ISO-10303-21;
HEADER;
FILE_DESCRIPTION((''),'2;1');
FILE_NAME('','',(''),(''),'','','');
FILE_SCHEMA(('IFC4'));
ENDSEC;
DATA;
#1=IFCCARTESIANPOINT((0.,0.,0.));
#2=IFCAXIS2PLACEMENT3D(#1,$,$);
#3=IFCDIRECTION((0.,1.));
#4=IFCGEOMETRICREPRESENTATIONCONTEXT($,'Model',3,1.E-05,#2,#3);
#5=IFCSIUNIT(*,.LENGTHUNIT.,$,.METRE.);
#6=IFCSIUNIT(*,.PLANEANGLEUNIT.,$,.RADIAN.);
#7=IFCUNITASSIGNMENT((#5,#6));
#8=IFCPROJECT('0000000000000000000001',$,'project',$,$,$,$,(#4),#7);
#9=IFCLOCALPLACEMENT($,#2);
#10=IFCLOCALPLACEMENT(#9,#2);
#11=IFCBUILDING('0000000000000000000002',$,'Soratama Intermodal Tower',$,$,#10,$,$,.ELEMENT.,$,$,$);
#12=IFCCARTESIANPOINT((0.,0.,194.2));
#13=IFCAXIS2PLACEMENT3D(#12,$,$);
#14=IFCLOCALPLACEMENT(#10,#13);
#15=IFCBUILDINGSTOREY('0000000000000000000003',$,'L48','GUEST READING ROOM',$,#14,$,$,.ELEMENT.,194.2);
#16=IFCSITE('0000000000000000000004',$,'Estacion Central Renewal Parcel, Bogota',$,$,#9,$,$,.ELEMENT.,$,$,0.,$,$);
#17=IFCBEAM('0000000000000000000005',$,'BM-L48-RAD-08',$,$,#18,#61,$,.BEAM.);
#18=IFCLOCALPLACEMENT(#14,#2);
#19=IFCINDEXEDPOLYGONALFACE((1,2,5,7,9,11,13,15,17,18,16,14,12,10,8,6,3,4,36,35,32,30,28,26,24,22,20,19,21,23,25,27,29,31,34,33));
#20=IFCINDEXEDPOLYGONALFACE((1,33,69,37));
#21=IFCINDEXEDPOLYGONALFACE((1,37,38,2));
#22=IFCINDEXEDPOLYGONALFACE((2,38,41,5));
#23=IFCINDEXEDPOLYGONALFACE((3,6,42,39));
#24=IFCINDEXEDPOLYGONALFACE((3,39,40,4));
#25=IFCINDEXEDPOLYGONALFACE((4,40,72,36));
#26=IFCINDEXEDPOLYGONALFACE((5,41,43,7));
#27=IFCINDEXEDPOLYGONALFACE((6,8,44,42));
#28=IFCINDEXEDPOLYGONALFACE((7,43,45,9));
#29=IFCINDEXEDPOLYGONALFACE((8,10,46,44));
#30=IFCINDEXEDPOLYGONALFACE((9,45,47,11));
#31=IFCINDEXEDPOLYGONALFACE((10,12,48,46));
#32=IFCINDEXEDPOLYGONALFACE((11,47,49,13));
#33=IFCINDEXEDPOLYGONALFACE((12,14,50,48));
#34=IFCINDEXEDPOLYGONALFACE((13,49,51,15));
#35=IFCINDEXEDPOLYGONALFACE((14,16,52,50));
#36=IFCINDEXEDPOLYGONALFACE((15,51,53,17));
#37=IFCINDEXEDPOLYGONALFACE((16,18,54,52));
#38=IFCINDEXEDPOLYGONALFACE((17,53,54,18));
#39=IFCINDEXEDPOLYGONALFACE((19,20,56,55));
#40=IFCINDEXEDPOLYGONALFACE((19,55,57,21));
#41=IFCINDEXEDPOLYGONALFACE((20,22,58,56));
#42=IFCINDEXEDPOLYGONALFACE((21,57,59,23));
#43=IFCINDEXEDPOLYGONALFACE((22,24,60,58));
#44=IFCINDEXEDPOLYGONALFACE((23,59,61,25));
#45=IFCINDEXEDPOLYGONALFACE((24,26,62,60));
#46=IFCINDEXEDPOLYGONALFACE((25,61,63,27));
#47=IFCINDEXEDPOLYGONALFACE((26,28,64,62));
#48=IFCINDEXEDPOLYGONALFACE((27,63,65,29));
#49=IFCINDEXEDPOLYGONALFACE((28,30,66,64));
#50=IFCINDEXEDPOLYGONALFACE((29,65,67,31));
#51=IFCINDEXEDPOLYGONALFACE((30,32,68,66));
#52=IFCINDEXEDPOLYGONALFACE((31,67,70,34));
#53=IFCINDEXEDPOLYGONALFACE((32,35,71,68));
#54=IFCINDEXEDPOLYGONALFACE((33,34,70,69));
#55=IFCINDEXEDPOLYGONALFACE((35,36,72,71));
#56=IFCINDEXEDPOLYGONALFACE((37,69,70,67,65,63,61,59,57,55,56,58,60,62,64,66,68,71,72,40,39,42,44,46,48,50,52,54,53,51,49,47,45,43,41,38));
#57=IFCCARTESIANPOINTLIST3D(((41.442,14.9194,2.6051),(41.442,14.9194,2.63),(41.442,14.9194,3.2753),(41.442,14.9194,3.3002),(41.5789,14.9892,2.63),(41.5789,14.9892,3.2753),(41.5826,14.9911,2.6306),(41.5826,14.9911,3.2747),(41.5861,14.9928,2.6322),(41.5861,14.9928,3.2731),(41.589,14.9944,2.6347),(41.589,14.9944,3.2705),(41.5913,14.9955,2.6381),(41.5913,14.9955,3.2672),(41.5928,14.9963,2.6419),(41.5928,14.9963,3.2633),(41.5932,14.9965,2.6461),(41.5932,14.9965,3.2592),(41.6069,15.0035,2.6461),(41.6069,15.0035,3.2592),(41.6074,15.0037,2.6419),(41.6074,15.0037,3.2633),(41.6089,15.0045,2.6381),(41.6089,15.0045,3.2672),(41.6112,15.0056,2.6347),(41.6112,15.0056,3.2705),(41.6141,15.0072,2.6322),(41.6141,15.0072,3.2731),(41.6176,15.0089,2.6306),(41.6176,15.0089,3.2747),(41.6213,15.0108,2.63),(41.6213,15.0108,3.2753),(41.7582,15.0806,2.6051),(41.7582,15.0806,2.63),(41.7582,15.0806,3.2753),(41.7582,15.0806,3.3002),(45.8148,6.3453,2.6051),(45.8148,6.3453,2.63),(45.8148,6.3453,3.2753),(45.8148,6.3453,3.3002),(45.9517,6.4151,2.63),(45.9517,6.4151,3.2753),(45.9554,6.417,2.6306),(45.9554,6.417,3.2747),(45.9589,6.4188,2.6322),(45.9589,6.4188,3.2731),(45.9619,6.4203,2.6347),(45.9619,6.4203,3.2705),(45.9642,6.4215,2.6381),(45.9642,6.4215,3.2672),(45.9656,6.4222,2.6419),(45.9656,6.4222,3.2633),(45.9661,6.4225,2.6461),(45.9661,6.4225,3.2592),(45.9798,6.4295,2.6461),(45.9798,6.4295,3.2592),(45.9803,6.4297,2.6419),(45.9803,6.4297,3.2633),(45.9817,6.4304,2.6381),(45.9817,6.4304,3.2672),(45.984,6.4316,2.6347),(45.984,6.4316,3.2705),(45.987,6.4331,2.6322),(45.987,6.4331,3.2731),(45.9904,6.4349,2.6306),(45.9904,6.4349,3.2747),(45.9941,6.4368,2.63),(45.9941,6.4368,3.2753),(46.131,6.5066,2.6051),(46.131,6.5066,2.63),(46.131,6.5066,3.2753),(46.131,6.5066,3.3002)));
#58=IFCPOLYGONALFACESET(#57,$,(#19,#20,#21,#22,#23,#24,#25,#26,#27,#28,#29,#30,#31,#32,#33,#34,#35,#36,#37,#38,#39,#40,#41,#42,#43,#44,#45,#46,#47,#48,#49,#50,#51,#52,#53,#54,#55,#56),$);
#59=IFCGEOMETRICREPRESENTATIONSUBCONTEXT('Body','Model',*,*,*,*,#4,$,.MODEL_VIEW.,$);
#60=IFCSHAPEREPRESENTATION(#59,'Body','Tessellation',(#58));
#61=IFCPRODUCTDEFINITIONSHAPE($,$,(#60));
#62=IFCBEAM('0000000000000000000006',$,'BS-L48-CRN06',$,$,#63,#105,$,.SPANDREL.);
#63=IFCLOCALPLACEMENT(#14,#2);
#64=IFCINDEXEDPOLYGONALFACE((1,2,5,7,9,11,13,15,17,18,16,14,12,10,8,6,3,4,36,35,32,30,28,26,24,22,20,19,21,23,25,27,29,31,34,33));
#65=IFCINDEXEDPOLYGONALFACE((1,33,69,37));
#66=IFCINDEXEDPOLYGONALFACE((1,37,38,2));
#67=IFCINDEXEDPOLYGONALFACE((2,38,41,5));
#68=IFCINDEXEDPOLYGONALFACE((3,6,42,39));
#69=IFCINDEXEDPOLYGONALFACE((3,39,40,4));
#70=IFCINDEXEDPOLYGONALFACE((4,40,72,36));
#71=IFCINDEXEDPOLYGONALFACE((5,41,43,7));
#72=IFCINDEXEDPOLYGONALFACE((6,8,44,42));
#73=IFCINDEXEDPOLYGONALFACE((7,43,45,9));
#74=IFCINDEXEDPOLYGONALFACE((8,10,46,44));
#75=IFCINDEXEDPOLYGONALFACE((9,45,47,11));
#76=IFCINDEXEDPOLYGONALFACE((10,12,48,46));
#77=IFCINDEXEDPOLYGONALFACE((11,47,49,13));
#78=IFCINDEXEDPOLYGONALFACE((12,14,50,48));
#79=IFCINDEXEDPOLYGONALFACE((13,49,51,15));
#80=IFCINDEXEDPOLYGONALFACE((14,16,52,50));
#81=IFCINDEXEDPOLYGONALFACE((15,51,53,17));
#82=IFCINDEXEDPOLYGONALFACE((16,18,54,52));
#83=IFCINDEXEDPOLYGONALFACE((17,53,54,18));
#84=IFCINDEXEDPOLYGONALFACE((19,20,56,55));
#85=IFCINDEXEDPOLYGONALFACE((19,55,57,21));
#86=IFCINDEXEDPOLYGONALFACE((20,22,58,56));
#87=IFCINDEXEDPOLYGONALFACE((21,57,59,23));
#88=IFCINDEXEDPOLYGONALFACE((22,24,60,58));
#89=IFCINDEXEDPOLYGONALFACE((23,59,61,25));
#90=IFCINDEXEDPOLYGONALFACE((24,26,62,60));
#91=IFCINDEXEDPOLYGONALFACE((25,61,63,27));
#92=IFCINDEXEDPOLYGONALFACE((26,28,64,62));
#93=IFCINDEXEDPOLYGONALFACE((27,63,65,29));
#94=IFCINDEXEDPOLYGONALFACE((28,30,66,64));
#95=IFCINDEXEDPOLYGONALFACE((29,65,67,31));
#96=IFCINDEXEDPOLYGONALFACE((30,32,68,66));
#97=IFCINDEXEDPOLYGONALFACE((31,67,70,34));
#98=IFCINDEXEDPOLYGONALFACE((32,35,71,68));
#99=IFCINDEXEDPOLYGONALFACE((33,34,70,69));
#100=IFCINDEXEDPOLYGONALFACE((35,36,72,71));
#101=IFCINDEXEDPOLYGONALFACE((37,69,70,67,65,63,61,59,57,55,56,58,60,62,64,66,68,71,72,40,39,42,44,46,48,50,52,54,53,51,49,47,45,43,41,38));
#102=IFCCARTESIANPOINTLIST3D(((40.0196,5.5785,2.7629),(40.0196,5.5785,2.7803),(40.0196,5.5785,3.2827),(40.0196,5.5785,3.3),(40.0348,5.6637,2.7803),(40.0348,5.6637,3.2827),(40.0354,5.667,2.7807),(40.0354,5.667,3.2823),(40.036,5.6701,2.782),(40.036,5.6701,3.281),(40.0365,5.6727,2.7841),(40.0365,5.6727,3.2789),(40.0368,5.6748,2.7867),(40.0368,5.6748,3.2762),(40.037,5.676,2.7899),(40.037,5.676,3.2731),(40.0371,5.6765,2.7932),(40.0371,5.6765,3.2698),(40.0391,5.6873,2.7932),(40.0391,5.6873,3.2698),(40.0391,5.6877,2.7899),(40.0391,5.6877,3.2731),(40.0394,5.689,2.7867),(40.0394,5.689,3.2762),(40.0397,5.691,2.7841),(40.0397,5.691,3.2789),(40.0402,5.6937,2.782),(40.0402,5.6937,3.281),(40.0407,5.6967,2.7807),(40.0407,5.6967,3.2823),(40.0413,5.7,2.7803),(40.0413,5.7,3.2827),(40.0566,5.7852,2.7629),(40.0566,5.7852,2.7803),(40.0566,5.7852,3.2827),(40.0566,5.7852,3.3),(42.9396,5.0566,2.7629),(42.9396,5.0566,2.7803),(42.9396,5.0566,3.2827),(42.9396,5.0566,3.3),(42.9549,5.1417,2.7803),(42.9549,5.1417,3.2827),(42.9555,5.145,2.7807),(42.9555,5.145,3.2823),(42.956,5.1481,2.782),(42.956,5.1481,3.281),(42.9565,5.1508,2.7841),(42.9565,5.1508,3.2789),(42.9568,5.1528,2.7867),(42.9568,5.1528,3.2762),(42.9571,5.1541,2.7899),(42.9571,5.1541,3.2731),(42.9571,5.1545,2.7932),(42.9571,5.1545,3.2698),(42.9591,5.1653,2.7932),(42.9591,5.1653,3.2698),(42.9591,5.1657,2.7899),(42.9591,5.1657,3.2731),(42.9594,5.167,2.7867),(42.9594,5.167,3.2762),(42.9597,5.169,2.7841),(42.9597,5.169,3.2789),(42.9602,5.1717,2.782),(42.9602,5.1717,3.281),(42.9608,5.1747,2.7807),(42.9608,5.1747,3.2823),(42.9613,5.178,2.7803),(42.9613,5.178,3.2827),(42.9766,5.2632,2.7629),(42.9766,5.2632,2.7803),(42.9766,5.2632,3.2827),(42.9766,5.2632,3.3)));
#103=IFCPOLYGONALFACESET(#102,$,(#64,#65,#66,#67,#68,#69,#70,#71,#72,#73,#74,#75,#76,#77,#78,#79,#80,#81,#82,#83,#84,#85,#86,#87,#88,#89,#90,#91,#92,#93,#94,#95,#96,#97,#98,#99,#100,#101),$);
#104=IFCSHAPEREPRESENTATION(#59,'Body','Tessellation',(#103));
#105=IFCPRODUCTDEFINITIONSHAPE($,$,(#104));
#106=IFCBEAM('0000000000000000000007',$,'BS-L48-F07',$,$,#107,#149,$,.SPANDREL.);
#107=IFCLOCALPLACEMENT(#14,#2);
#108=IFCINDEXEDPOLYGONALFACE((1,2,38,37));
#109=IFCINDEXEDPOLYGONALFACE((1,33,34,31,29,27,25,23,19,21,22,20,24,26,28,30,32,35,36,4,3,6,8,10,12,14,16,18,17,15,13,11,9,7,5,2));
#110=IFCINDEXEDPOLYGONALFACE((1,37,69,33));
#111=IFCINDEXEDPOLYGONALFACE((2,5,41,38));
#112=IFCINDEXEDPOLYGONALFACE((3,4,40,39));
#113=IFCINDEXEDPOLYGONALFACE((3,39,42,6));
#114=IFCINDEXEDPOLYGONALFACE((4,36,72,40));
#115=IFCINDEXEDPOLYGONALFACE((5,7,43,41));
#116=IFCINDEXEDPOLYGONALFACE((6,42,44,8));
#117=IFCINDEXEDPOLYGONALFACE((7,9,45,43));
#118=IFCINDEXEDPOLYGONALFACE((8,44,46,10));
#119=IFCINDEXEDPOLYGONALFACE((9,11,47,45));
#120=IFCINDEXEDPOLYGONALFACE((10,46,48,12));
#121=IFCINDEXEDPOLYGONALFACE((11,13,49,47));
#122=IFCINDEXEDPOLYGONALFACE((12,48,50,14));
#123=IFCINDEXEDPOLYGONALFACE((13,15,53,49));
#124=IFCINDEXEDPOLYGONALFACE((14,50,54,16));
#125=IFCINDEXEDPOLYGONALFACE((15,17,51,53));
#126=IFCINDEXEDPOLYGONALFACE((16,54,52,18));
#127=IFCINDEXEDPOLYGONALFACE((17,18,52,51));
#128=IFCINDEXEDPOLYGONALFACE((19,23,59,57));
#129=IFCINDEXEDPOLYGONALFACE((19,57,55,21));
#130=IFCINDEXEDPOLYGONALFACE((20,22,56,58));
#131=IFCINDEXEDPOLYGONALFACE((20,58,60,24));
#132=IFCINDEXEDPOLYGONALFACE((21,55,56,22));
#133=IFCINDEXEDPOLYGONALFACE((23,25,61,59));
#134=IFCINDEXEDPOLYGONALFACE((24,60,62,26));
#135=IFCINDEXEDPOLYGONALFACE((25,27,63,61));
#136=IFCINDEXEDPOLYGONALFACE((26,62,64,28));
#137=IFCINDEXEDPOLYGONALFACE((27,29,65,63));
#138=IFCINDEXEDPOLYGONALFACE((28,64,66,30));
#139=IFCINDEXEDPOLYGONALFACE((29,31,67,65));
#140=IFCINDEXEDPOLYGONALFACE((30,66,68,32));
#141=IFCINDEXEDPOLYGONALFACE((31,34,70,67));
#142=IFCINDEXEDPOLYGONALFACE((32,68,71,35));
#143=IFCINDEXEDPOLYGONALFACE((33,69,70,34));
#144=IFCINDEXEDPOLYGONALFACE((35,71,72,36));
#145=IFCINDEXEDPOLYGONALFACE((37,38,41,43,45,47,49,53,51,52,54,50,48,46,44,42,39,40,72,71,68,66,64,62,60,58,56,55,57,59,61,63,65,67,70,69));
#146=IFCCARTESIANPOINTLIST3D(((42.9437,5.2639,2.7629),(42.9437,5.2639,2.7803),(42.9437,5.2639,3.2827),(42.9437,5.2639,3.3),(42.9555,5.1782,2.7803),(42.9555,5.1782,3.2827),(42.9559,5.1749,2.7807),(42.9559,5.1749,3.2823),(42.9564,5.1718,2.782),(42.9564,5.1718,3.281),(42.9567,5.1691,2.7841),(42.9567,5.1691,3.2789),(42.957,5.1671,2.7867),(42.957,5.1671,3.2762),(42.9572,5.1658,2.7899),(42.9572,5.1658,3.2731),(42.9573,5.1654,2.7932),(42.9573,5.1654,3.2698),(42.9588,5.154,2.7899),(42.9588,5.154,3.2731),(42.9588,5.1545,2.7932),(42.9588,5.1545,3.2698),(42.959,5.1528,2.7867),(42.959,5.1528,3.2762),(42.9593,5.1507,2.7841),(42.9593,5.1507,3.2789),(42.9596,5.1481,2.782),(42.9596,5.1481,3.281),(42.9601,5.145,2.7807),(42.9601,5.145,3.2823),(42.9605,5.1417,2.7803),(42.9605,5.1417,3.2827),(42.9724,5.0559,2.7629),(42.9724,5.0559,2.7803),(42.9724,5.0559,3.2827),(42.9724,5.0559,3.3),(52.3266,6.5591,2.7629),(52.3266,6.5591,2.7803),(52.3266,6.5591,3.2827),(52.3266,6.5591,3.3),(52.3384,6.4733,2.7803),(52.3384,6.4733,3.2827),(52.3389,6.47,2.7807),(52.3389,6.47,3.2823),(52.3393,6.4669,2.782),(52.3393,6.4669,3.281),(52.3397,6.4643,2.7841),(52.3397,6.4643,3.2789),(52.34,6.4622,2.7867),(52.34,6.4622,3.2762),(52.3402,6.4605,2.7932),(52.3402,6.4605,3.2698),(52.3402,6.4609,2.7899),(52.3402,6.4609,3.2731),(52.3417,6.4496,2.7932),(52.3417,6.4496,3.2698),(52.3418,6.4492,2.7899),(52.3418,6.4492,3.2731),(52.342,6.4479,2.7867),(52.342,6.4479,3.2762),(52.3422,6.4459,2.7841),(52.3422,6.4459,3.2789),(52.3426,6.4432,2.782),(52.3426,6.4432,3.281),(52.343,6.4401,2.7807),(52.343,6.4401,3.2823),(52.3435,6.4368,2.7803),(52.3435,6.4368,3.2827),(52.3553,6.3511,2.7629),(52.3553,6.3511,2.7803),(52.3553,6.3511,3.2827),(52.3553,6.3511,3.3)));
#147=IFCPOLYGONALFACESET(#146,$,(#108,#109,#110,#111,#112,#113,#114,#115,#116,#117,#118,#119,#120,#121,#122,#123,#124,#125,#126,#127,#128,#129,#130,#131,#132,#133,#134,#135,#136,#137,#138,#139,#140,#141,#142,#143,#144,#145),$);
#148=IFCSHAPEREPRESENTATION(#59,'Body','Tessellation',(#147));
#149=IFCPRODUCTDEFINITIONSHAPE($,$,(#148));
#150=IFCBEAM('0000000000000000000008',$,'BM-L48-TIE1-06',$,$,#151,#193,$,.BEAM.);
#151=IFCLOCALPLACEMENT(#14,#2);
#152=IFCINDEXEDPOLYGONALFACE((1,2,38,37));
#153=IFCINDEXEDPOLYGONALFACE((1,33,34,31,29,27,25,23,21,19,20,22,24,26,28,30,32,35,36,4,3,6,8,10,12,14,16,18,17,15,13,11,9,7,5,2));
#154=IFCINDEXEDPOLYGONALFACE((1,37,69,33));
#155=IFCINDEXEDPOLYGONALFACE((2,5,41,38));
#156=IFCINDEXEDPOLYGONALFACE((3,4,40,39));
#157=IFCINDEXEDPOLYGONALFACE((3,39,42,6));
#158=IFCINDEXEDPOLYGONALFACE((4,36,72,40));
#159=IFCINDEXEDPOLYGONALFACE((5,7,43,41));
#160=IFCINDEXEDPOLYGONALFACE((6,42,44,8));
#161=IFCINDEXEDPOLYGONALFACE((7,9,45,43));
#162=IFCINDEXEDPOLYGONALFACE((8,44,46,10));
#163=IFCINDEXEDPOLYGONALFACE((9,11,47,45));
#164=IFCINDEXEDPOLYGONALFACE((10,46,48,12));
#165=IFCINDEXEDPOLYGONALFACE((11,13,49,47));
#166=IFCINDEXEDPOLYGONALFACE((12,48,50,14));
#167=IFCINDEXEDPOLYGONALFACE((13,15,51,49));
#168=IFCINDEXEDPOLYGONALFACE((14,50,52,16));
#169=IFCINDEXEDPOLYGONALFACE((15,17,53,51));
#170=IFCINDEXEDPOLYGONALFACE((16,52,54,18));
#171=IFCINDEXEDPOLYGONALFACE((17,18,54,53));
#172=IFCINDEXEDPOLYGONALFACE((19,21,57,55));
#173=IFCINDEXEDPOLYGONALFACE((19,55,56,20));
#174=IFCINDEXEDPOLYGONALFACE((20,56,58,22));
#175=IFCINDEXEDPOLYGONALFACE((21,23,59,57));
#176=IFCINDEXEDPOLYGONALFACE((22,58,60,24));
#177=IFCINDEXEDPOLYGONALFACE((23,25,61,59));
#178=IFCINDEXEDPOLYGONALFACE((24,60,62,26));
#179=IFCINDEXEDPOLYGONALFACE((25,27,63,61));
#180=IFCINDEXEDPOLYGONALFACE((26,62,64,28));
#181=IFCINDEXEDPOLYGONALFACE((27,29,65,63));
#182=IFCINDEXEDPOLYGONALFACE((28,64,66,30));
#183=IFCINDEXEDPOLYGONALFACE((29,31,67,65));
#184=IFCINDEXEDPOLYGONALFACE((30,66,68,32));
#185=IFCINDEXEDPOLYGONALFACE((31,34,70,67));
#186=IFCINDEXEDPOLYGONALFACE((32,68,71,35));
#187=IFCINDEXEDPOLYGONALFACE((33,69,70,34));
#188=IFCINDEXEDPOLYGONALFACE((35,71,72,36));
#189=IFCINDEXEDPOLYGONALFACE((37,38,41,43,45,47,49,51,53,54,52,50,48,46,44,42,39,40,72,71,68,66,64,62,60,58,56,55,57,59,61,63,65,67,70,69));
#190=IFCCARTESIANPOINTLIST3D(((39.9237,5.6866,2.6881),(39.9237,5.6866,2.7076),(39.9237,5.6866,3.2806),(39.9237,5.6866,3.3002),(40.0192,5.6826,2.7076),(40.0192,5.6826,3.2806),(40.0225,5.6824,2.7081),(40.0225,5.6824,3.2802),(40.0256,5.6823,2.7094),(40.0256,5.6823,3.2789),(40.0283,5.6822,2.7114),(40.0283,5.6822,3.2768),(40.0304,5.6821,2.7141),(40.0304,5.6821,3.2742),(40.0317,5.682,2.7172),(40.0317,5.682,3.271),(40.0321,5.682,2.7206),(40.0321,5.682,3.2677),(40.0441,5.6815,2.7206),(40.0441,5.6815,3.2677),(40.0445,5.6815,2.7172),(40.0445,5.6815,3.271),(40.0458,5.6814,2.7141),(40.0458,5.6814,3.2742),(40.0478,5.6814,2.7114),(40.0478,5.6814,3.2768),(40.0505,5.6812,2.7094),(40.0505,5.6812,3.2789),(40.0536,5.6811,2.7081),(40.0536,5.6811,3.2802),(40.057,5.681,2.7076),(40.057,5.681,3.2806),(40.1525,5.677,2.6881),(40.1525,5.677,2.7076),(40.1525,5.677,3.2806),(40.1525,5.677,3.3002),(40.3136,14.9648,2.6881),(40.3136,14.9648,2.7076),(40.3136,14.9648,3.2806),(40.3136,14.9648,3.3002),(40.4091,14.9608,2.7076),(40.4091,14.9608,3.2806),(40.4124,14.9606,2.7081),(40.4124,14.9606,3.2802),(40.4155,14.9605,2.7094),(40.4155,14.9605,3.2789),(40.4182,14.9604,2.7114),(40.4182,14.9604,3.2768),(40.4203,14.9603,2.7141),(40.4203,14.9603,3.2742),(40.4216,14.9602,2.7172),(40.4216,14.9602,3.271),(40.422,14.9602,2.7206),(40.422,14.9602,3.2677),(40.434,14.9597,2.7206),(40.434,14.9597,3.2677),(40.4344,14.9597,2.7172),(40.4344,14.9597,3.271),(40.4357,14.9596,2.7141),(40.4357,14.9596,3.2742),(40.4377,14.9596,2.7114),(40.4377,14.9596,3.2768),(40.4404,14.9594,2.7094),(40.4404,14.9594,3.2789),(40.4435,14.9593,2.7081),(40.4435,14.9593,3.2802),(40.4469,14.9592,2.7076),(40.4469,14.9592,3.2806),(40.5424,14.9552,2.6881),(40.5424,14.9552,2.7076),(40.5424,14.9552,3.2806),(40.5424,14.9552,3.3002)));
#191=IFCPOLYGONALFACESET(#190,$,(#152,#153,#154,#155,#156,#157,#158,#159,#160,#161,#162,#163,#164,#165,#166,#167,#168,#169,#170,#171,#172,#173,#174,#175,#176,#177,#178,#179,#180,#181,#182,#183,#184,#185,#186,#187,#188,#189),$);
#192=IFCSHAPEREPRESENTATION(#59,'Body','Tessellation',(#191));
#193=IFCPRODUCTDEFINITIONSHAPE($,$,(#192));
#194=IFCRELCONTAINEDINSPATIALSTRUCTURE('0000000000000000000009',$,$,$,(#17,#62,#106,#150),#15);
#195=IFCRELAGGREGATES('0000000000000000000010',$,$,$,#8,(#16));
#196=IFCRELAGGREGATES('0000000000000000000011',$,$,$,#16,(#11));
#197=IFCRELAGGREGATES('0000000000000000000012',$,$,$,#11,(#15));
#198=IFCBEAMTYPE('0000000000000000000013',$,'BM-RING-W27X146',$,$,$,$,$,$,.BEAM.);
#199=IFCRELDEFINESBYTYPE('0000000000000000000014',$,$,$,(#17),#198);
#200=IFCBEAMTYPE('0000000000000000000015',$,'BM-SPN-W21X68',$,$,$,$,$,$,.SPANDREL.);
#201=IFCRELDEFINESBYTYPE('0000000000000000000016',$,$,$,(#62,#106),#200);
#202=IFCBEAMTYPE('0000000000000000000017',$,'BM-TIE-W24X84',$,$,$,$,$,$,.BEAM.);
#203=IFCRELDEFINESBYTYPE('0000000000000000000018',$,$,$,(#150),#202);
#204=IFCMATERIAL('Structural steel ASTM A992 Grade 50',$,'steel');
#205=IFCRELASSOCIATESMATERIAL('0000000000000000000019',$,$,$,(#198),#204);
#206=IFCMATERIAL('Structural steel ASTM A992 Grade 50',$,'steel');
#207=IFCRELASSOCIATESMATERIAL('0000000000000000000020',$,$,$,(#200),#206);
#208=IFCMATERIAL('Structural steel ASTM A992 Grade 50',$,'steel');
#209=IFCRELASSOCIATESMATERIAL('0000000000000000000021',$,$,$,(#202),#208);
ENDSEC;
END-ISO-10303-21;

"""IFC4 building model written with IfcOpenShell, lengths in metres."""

from ifc_helpers import new_model, si_unit, direction, frame, origin, origin_2d, place, context, subcontext, project, spatial, i_section, extrude, material, material_profile, profile_set, type_object, element, save


model = new_model("IFC4")

# Units and contexts
model_context = context("Model", 3, precision=1e-05, world=origin(), true_north=direction((0.0, 1.0)))
body_context = subcontext(model_context, "Body", "Model", "MODEL_VIEW")
ifc_project = project(units=[si_unit("LENGTHUNIT", "METRE"), si_unit("PLANEANGLEUNIT", "RADIAN")], contexts=[model_context])

# Site, building, storey
site_placement = place(None, origin())
site = spatial("IfcSite", under=ifc_project, at=site_placement, Name="Estacion Central Renewal Parcel, Bogota", CompositionType="ELEMENT", RefElevation=0.0)
building_placement = place(site_placement, origin())
building = spatial("IfcBuilding", under=site, at=building_placement, Name="Soratama Intermodal Tower", CompositionType="ELEMENT")
storey_placement = place(building_placement, frame((0.0, 0.0, 194.2)))
storey = spatial("IfcBuildingStorey", under=building, at=storey_placement, Name="L48", Description="GUEST READING ROOM", CompositionType="ELEMENT", Elevation=194.2)

# Beams
ifc_material_1 = material(Name="Structural steel ASTM A992 Grade 50", Category="steel")
ifc_material_profile_1 = material_profile(ifc_material_1, i_section(OverallWidth=0.355, OverallDepth=0.6951, WebThickness=0.0154, FlangeThickness=0.0249, FilletRadius=0.0161, at=origin_2d()), Name="W27X146")
ifc_profile_set_1 = profile_set([ifc_material_profile_1], Name="Structural steel ASTM A992 Grade 50")
beam_type_1 = type_object("IfcBeamType", Name="BM-RING-W27X146", PredefinedType="BEAM", material=ifc_profile_set_1)
beam_1_placement = place(storey_placement, frame((41.6001, 15.0, 2.9526), z_axis=(0.454332, -0.890832, 0.0), x_axis=(0.890832, 0.454332, 0.0)))
element("IfcBeam", 1, at=beam_1_placement, inside=storey, type_object=beam_type_1, Name="BM-L48-RAD-08", PredefinedType="BEAM", context=body_context, shape_type="SweptSolid", body=[
    extrude(i_section(OverallWidth=0.355, OverallDepth=0.6951, WebThickness=0.0154, FlangeThickness=0.0249, FilletRadius=0.0161, at=origin_2d()), origin(), (0.0, 0.0, 1.0), 9.6248),
])
ifc_material_2 = material(Name="Structural steel ASTM A992 Grade 50", Category="steel")
ifc_material_profile_2 = material_profile(ifc_material_2, i_section(OverallWidth=0.21, OverallDepth=0.5371, WebThickness=0.011, FlangeThickness=0.0173, FilletRadius=0.0129, at=origin_2d()), Name="W21X68")
ifc_profile_set_2 = profile_set([ifc_material_profile_2], Name="Structural steel ASTM A992 Grade 50")
beam_type_2 = type_object("IfcBeamType", Name="BM-SPN-W21X68", PredefinedType="SPANDREL", material=ifc_profile_set_2)
beam_2_placement = place(storey_placement, frame((40.0381, 5.6819, 3.0315), z_axis=(0.984395, -0.175973, 0.0), x_axis=(0.175973, 0.984395, 0.0)))
element("IfcBeam", 2, at=beam_2_placement, inside=storey, type_object=beam_type_2, Name="BS-L48-CRN06", PredefinedType="SPANDREL", context=body_context, shape_type="SweptSolid", body=[
    extrude(i_section(OverallWidth=0.21, OverallDepth=0.5371, WebThickness=0.011, FlangeThickness=0.0173, FilletRadius=0.0129, at=origin_2d()), origin(), (0.0, 0.0, 1.0), 2.9663),
])
beam_3_placement = place(storey_placement, frame((42.958, 5.1599, 3.0315), z_axis=(0.990608, 0.136736, 0.0), x_axis=(-0.136736, 0.990608, 0.0)))
element("IfcBeam", 3, at=beam_3_placement, inside=storey, type_object=beam_type_2, Name="BS-L48-F07", PredefinedType="SPANDREL", context=body_context, shape_type="SweptSolid", body=[
    extrude(i_section(OverallWidth=0.21, OverallDepth=0.5371, WebThickness=0.011, FlangeThickness=0.0173, FilletRadius=0.0129, at=origin_2d()), origin(), (0.0, 0.0, 1.0), 9.4719),
])
ifc_material_3 = material(Name="Structural steel ASTM A992 Grade 50", Category="steel")
ifc_material_profile_3 = material_profile(ifc_material_3, i_section(OverallWidth=0.229, OverallDepth=0.6121, WebThickness=0.012, FlangeThickness=0.0195, FilletRadius=0.0129, at=origin_2d()), Name="W24X84")
ifc_profile_set_3 = profile_set([ifc_material_profile_3], Name="Structural steel ASTM A992 Grade 50")
beam_type_3 = type_object("IfcBeamType", Name="BM-TIE-W24X84", PredefinedType="BEAM", material=ifc_profile_set_3)
beam_4_placement = place(storey_placement, frame((40.428, 14.96, 2.9941), z_axis=(-0.041986, -0.999118, 0.0), x_axis=(0.999118, -0.041986, 0.0)))
element("IfcBeam", 4, at=beam_4_placement, inside=storey, type_object=beam_type_3, Name="BM-L48-TIE1-06", PredefinedType="BEAM", context=body_context, shape_type="SweptSolid", body=[
    extrude(i_section(OverallWidth=0.229, OverallDepth=0.6121, WebThickness=0.012, FlangeThickness=0.0195, FilletRadius=0.0129, at=origin_2d()), origin(), (0.0, 0.0, 1.0), 9.2864),
])

save(model, "model.ifc")
